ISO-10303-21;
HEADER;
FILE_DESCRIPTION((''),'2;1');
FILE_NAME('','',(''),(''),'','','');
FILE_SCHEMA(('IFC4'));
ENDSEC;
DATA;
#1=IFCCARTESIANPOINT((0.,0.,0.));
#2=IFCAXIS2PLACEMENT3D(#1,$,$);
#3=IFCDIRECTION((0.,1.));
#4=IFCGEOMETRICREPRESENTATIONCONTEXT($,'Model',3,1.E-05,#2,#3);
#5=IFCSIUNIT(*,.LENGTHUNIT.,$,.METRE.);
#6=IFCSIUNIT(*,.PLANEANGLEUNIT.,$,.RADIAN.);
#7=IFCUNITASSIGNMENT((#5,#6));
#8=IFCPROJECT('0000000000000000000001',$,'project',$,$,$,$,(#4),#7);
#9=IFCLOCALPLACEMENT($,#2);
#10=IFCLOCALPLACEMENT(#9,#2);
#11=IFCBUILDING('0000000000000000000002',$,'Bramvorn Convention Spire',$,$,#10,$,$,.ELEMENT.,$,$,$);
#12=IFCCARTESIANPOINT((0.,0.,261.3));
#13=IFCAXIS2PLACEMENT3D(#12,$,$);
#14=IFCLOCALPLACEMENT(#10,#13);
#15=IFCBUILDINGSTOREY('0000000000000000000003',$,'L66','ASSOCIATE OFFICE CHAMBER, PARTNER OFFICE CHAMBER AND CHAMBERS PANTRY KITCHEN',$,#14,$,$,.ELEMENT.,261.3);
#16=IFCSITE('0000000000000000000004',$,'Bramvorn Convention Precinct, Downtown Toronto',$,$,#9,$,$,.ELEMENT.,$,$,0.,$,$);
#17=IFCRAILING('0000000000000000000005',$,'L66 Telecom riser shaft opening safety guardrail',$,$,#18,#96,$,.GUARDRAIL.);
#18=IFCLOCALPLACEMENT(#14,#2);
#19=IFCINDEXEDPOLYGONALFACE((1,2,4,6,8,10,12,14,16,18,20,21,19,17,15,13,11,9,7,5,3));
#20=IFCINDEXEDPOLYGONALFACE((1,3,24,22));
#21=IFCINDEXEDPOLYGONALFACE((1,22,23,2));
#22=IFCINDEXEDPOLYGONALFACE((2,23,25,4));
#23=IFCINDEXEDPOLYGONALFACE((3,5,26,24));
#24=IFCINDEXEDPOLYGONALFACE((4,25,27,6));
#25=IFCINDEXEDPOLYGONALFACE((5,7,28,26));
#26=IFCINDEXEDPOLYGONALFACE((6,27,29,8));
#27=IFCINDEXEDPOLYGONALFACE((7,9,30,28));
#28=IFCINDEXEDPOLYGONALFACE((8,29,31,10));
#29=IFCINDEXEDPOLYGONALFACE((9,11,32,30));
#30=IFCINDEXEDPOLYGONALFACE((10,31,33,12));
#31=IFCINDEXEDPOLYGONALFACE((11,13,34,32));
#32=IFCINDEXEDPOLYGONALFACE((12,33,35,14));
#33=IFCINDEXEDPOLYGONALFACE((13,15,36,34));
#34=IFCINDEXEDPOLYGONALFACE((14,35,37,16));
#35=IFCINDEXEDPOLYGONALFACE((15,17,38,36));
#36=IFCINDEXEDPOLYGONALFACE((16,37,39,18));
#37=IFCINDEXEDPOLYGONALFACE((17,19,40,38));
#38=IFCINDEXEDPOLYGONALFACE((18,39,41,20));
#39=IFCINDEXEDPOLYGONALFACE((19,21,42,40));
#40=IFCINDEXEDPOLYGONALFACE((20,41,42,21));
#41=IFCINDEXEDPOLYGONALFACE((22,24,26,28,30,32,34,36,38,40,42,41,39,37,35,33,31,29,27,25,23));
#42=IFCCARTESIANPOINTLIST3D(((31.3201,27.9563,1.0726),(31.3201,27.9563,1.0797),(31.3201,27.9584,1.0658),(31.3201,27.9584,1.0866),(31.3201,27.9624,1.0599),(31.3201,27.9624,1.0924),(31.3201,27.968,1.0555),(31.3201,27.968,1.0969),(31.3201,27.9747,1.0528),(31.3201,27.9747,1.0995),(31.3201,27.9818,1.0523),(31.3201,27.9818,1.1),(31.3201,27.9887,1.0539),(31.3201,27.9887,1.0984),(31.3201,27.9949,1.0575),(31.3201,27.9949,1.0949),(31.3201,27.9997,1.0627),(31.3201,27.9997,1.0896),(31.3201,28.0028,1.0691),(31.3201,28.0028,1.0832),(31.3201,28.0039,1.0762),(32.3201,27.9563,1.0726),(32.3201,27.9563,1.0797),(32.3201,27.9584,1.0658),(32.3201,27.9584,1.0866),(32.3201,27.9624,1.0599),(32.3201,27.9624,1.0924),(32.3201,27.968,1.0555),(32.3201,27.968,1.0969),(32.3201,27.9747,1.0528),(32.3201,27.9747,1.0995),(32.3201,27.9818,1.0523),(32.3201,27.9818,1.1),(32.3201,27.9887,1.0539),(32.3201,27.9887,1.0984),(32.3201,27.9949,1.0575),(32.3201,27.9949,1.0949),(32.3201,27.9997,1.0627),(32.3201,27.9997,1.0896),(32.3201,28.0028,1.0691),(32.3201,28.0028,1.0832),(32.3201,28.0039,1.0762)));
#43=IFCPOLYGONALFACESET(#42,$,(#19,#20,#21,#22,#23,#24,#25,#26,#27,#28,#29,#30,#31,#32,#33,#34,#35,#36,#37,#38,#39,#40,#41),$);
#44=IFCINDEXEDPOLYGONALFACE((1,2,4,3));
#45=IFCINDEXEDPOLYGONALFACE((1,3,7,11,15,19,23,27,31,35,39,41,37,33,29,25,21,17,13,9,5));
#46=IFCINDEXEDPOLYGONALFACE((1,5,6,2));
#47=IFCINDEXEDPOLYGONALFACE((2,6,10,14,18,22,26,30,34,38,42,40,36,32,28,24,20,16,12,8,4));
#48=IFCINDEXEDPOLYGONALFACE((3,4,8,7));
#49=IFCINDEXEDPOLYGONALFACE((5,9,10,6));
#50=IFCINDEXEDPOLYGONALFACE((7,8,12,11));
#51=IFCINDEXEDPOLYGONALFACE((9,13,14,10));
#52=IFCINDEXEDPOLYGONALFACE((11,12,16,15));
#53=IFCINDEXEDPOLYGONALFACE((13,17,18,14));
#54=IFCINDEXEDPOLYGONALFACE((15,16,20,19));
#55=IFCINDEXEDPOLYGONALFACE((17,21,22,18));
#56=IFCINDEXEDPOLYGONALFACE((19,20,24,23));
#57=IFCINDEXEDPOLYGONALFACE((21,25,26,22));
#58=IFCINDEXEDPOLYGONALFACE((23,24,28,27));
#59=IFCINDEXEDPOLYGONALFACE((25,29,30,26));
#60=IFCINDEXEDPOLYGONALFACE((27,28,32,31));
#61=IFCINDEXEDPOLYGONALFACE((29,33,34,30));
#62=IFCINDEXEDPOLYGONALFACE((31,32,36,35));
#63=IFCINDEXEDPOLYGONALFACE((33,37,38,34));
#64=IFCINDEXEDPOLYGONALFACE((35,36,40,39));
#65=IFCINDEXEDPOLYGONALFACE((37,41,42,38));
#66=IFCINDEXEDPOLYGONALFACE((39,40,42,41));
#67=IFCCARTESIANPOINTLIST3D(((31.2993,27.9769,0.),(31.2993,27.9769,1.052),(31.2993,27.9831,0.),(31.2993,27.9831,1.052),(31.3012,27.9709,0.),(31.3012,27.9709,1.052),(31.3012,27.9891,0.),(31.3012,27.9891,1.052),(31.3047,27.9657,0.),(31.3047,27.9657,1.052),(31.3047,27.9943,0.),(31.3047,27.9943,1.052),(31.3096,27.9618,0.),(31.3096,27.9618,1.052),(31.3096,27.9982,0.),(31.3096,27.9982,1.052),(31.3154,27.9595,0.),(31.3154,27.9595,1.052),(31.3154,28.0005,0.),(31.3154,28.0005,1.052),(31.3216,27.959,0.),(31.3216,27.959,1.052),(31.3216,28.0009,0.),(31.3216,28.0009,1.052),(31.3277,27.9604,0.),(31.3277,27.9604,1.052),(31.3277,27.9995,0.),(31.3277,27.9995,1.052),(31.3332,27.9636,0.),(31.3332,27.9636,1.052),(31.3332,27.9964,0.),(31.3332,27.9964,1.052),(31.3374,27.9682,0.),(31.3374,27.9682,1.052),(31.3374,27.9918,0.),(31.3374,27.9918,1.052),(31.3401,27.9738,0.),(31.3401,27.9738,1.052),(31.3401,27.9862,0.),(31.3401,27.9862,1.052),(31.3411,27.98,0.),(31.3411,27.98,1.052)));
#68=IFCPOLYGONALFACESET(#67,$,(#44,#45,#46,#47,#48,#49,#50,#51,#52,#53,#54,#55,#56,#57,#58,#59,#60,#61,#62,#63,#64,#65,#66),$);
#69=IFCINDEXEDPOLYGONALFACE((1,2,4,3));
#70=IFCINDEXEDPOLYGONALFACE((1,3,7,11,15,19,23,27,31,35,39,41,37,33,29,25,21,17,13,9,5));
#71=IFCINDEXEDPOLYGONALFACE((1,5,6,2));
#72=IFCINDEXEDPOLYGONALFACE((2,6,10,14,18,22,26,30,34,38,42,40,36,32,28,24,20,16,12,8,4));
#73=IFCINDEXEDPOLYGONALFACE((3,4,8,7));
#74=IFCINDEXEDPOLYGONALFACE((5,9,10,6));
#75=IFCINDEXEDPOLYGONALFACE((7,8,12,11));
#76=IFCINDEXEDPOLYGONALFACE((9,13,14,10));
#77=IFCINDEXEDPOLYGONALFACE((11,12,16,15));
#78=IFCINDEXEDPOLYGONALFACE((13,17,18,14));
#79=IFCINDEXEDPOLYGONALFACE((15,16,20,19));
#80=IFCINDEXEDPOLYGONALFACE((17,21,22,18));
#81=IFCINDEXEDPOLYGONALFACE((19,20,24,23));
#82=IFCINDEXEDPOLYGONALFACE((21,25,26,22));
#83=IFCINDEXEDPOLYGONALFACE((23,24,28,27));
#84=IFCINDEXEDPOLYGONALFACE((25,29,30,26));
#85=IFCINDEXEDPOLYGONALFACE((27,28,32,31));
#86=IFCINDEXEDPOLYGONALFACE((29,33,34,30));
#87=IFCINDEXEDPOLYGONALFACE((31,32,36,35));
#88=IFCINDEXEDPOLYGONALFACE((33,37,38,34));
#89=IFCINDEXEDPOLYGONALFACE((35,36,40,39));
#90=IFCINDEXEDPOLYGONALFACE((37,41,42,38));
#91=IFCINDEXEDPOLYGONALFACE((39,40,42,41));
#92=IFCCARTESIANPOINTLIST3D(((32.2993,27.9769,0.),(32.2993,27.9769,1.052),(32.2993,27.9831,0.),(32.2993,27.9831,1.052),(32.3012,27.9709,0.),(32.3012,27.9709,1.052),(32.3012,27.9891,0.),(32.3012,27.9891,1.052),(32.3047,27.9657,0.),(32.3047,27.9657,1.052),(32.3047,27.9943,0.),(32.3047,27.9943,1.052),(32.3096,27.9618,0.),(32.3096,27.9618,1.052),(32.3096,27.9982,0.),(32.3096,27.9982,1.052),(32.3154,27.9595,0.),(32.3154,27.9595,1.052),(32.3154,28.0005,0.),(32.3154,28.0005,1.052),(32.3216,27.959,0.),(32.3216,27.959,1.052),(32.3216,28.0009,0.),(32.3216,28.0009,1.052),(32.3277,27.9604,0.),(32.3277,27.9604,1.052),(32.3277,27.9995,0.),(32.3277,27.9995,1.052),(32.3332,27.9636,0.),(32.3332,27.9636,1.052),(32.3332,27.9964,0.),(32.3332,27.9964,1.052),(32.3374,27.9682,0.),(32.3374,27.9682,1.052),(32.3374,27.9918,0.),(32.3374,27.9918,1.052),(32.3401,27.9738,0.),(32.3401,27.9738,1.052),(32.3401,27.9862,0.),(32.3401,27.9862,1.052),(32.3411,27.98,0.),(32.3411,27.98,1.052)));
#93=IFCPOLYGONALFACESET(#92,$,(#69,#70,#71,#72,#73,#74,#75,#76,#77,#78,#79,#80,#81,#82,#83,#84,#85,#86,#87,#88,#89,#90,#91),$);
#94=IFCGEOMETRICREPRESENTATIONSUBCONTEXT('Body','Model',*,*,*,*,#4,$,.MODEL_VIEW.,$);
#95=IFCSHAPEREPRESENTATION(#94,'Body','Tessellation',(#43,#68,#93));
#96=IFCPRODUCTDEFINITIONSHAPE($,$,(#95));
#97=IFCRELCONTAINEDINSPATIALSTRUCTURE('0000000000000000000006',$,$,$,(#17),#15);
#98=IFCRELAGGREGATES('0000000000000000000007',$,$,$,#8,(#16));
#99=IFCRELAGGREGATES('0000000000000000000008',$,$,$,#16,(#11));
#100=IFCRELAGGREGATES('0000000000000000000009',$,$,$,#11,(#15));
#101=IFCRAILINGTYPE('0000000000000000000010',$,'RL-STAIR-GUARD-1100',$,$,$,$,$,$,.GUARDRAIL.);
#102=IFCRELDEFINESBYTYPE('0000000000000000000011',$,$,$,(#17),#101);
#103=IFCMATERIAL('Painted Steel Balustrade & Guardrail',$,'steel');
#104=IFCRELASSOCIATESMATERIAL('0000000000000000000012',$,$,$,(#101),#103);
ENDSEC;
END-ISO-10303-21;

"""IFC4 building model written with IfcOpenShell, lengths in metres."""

from ifc_helpers import new_model, si_unit, direction, frame, origin, origin_2d, place, context, subcontext, project, spatial, circle, extrude, material, type_object, element, save


model = new_model("IFC4")

# Units and contexts
model_context = context("Model", 3, precision=1e-05, world=origin(), true_north=direction((0.0, 1.0)))
body_context = subcontext(model_context, "Body", "Model", "MODEL_VIEW")
ifc_project = project(units=[si_unit("LENGTHUNIT", "METRE"), si_unit("PLANEANGLEUNIT", "RADIAN")], contexts=[model_context])

# Site, building, storey
site_placement = place(None, origin())
site = spatial("IfcSite", under=ifc_project, at=site_placement, Name="Bramvorn Convention Precinct, Downtown Toronto", CompositionType="ELEMENT", RefElevation=0.0)
building_placement = place(site_placement, origin())
building = spatial("IfcBuilding", under=site, at=building_placement, Name="Bramvorn Convention Spire", CompositionType="ELEMENT")
storey_placement = place(building_placement, frame((0.0, 0.0, 261.3)))
storey = spatial("IfcBuildingStorey", under=building, at=storey_placement, Name="L66", Description="ASSOCIATE OFFICE CHAMBER, PARTNER OFFICE CHAMBER AND CHAMBERS PANTRY KITCHEN", CompositionType="ELEMENT", Elevation=261.3)

# Railing
ifc_material_1 = material(Name="Painted Steel Balustrade & Guardrail", Category="steel")
railing_type = type_object("IfcRailingType", Name="RL-STAIR-GUARD-1100", PredefinedType="GUARDRAIL", material=ifc_material_1)
railing_1_placement = place(storey_placement, frame((31.3201, 27.98, 0.0)))
element("IfcRailing", 1, at=railing_1_placement, inside=storey, type_object=railing_type, Name="L66 Telecom riser shaft opening safety guardrail", PredefinedType="GUARDRAIL", context=body_context, shape_type="SweptSolid", body=[
    extrude(circle(Radius=0.0239, at=origin_2d()), frame((0.0, 0.0, 1.0762), z_axis=(1.0, 0.0, 0.0), x_axis=(0.0, 1.0, 0.0)), (0.0, 0.0, 1.0), 1.0),
    extrude(circle(Radius=0.021, at=origin_2d()), origin(), (0.0, 0.0, 1.0), 1.052),
    extrude(circle(Radius=0.021, at=origin_2d()), frame((1.0, 0.0, 0.0)), (0.0, 0.0, 1.0), 1.052),
])

save(model, "model.ifc")
